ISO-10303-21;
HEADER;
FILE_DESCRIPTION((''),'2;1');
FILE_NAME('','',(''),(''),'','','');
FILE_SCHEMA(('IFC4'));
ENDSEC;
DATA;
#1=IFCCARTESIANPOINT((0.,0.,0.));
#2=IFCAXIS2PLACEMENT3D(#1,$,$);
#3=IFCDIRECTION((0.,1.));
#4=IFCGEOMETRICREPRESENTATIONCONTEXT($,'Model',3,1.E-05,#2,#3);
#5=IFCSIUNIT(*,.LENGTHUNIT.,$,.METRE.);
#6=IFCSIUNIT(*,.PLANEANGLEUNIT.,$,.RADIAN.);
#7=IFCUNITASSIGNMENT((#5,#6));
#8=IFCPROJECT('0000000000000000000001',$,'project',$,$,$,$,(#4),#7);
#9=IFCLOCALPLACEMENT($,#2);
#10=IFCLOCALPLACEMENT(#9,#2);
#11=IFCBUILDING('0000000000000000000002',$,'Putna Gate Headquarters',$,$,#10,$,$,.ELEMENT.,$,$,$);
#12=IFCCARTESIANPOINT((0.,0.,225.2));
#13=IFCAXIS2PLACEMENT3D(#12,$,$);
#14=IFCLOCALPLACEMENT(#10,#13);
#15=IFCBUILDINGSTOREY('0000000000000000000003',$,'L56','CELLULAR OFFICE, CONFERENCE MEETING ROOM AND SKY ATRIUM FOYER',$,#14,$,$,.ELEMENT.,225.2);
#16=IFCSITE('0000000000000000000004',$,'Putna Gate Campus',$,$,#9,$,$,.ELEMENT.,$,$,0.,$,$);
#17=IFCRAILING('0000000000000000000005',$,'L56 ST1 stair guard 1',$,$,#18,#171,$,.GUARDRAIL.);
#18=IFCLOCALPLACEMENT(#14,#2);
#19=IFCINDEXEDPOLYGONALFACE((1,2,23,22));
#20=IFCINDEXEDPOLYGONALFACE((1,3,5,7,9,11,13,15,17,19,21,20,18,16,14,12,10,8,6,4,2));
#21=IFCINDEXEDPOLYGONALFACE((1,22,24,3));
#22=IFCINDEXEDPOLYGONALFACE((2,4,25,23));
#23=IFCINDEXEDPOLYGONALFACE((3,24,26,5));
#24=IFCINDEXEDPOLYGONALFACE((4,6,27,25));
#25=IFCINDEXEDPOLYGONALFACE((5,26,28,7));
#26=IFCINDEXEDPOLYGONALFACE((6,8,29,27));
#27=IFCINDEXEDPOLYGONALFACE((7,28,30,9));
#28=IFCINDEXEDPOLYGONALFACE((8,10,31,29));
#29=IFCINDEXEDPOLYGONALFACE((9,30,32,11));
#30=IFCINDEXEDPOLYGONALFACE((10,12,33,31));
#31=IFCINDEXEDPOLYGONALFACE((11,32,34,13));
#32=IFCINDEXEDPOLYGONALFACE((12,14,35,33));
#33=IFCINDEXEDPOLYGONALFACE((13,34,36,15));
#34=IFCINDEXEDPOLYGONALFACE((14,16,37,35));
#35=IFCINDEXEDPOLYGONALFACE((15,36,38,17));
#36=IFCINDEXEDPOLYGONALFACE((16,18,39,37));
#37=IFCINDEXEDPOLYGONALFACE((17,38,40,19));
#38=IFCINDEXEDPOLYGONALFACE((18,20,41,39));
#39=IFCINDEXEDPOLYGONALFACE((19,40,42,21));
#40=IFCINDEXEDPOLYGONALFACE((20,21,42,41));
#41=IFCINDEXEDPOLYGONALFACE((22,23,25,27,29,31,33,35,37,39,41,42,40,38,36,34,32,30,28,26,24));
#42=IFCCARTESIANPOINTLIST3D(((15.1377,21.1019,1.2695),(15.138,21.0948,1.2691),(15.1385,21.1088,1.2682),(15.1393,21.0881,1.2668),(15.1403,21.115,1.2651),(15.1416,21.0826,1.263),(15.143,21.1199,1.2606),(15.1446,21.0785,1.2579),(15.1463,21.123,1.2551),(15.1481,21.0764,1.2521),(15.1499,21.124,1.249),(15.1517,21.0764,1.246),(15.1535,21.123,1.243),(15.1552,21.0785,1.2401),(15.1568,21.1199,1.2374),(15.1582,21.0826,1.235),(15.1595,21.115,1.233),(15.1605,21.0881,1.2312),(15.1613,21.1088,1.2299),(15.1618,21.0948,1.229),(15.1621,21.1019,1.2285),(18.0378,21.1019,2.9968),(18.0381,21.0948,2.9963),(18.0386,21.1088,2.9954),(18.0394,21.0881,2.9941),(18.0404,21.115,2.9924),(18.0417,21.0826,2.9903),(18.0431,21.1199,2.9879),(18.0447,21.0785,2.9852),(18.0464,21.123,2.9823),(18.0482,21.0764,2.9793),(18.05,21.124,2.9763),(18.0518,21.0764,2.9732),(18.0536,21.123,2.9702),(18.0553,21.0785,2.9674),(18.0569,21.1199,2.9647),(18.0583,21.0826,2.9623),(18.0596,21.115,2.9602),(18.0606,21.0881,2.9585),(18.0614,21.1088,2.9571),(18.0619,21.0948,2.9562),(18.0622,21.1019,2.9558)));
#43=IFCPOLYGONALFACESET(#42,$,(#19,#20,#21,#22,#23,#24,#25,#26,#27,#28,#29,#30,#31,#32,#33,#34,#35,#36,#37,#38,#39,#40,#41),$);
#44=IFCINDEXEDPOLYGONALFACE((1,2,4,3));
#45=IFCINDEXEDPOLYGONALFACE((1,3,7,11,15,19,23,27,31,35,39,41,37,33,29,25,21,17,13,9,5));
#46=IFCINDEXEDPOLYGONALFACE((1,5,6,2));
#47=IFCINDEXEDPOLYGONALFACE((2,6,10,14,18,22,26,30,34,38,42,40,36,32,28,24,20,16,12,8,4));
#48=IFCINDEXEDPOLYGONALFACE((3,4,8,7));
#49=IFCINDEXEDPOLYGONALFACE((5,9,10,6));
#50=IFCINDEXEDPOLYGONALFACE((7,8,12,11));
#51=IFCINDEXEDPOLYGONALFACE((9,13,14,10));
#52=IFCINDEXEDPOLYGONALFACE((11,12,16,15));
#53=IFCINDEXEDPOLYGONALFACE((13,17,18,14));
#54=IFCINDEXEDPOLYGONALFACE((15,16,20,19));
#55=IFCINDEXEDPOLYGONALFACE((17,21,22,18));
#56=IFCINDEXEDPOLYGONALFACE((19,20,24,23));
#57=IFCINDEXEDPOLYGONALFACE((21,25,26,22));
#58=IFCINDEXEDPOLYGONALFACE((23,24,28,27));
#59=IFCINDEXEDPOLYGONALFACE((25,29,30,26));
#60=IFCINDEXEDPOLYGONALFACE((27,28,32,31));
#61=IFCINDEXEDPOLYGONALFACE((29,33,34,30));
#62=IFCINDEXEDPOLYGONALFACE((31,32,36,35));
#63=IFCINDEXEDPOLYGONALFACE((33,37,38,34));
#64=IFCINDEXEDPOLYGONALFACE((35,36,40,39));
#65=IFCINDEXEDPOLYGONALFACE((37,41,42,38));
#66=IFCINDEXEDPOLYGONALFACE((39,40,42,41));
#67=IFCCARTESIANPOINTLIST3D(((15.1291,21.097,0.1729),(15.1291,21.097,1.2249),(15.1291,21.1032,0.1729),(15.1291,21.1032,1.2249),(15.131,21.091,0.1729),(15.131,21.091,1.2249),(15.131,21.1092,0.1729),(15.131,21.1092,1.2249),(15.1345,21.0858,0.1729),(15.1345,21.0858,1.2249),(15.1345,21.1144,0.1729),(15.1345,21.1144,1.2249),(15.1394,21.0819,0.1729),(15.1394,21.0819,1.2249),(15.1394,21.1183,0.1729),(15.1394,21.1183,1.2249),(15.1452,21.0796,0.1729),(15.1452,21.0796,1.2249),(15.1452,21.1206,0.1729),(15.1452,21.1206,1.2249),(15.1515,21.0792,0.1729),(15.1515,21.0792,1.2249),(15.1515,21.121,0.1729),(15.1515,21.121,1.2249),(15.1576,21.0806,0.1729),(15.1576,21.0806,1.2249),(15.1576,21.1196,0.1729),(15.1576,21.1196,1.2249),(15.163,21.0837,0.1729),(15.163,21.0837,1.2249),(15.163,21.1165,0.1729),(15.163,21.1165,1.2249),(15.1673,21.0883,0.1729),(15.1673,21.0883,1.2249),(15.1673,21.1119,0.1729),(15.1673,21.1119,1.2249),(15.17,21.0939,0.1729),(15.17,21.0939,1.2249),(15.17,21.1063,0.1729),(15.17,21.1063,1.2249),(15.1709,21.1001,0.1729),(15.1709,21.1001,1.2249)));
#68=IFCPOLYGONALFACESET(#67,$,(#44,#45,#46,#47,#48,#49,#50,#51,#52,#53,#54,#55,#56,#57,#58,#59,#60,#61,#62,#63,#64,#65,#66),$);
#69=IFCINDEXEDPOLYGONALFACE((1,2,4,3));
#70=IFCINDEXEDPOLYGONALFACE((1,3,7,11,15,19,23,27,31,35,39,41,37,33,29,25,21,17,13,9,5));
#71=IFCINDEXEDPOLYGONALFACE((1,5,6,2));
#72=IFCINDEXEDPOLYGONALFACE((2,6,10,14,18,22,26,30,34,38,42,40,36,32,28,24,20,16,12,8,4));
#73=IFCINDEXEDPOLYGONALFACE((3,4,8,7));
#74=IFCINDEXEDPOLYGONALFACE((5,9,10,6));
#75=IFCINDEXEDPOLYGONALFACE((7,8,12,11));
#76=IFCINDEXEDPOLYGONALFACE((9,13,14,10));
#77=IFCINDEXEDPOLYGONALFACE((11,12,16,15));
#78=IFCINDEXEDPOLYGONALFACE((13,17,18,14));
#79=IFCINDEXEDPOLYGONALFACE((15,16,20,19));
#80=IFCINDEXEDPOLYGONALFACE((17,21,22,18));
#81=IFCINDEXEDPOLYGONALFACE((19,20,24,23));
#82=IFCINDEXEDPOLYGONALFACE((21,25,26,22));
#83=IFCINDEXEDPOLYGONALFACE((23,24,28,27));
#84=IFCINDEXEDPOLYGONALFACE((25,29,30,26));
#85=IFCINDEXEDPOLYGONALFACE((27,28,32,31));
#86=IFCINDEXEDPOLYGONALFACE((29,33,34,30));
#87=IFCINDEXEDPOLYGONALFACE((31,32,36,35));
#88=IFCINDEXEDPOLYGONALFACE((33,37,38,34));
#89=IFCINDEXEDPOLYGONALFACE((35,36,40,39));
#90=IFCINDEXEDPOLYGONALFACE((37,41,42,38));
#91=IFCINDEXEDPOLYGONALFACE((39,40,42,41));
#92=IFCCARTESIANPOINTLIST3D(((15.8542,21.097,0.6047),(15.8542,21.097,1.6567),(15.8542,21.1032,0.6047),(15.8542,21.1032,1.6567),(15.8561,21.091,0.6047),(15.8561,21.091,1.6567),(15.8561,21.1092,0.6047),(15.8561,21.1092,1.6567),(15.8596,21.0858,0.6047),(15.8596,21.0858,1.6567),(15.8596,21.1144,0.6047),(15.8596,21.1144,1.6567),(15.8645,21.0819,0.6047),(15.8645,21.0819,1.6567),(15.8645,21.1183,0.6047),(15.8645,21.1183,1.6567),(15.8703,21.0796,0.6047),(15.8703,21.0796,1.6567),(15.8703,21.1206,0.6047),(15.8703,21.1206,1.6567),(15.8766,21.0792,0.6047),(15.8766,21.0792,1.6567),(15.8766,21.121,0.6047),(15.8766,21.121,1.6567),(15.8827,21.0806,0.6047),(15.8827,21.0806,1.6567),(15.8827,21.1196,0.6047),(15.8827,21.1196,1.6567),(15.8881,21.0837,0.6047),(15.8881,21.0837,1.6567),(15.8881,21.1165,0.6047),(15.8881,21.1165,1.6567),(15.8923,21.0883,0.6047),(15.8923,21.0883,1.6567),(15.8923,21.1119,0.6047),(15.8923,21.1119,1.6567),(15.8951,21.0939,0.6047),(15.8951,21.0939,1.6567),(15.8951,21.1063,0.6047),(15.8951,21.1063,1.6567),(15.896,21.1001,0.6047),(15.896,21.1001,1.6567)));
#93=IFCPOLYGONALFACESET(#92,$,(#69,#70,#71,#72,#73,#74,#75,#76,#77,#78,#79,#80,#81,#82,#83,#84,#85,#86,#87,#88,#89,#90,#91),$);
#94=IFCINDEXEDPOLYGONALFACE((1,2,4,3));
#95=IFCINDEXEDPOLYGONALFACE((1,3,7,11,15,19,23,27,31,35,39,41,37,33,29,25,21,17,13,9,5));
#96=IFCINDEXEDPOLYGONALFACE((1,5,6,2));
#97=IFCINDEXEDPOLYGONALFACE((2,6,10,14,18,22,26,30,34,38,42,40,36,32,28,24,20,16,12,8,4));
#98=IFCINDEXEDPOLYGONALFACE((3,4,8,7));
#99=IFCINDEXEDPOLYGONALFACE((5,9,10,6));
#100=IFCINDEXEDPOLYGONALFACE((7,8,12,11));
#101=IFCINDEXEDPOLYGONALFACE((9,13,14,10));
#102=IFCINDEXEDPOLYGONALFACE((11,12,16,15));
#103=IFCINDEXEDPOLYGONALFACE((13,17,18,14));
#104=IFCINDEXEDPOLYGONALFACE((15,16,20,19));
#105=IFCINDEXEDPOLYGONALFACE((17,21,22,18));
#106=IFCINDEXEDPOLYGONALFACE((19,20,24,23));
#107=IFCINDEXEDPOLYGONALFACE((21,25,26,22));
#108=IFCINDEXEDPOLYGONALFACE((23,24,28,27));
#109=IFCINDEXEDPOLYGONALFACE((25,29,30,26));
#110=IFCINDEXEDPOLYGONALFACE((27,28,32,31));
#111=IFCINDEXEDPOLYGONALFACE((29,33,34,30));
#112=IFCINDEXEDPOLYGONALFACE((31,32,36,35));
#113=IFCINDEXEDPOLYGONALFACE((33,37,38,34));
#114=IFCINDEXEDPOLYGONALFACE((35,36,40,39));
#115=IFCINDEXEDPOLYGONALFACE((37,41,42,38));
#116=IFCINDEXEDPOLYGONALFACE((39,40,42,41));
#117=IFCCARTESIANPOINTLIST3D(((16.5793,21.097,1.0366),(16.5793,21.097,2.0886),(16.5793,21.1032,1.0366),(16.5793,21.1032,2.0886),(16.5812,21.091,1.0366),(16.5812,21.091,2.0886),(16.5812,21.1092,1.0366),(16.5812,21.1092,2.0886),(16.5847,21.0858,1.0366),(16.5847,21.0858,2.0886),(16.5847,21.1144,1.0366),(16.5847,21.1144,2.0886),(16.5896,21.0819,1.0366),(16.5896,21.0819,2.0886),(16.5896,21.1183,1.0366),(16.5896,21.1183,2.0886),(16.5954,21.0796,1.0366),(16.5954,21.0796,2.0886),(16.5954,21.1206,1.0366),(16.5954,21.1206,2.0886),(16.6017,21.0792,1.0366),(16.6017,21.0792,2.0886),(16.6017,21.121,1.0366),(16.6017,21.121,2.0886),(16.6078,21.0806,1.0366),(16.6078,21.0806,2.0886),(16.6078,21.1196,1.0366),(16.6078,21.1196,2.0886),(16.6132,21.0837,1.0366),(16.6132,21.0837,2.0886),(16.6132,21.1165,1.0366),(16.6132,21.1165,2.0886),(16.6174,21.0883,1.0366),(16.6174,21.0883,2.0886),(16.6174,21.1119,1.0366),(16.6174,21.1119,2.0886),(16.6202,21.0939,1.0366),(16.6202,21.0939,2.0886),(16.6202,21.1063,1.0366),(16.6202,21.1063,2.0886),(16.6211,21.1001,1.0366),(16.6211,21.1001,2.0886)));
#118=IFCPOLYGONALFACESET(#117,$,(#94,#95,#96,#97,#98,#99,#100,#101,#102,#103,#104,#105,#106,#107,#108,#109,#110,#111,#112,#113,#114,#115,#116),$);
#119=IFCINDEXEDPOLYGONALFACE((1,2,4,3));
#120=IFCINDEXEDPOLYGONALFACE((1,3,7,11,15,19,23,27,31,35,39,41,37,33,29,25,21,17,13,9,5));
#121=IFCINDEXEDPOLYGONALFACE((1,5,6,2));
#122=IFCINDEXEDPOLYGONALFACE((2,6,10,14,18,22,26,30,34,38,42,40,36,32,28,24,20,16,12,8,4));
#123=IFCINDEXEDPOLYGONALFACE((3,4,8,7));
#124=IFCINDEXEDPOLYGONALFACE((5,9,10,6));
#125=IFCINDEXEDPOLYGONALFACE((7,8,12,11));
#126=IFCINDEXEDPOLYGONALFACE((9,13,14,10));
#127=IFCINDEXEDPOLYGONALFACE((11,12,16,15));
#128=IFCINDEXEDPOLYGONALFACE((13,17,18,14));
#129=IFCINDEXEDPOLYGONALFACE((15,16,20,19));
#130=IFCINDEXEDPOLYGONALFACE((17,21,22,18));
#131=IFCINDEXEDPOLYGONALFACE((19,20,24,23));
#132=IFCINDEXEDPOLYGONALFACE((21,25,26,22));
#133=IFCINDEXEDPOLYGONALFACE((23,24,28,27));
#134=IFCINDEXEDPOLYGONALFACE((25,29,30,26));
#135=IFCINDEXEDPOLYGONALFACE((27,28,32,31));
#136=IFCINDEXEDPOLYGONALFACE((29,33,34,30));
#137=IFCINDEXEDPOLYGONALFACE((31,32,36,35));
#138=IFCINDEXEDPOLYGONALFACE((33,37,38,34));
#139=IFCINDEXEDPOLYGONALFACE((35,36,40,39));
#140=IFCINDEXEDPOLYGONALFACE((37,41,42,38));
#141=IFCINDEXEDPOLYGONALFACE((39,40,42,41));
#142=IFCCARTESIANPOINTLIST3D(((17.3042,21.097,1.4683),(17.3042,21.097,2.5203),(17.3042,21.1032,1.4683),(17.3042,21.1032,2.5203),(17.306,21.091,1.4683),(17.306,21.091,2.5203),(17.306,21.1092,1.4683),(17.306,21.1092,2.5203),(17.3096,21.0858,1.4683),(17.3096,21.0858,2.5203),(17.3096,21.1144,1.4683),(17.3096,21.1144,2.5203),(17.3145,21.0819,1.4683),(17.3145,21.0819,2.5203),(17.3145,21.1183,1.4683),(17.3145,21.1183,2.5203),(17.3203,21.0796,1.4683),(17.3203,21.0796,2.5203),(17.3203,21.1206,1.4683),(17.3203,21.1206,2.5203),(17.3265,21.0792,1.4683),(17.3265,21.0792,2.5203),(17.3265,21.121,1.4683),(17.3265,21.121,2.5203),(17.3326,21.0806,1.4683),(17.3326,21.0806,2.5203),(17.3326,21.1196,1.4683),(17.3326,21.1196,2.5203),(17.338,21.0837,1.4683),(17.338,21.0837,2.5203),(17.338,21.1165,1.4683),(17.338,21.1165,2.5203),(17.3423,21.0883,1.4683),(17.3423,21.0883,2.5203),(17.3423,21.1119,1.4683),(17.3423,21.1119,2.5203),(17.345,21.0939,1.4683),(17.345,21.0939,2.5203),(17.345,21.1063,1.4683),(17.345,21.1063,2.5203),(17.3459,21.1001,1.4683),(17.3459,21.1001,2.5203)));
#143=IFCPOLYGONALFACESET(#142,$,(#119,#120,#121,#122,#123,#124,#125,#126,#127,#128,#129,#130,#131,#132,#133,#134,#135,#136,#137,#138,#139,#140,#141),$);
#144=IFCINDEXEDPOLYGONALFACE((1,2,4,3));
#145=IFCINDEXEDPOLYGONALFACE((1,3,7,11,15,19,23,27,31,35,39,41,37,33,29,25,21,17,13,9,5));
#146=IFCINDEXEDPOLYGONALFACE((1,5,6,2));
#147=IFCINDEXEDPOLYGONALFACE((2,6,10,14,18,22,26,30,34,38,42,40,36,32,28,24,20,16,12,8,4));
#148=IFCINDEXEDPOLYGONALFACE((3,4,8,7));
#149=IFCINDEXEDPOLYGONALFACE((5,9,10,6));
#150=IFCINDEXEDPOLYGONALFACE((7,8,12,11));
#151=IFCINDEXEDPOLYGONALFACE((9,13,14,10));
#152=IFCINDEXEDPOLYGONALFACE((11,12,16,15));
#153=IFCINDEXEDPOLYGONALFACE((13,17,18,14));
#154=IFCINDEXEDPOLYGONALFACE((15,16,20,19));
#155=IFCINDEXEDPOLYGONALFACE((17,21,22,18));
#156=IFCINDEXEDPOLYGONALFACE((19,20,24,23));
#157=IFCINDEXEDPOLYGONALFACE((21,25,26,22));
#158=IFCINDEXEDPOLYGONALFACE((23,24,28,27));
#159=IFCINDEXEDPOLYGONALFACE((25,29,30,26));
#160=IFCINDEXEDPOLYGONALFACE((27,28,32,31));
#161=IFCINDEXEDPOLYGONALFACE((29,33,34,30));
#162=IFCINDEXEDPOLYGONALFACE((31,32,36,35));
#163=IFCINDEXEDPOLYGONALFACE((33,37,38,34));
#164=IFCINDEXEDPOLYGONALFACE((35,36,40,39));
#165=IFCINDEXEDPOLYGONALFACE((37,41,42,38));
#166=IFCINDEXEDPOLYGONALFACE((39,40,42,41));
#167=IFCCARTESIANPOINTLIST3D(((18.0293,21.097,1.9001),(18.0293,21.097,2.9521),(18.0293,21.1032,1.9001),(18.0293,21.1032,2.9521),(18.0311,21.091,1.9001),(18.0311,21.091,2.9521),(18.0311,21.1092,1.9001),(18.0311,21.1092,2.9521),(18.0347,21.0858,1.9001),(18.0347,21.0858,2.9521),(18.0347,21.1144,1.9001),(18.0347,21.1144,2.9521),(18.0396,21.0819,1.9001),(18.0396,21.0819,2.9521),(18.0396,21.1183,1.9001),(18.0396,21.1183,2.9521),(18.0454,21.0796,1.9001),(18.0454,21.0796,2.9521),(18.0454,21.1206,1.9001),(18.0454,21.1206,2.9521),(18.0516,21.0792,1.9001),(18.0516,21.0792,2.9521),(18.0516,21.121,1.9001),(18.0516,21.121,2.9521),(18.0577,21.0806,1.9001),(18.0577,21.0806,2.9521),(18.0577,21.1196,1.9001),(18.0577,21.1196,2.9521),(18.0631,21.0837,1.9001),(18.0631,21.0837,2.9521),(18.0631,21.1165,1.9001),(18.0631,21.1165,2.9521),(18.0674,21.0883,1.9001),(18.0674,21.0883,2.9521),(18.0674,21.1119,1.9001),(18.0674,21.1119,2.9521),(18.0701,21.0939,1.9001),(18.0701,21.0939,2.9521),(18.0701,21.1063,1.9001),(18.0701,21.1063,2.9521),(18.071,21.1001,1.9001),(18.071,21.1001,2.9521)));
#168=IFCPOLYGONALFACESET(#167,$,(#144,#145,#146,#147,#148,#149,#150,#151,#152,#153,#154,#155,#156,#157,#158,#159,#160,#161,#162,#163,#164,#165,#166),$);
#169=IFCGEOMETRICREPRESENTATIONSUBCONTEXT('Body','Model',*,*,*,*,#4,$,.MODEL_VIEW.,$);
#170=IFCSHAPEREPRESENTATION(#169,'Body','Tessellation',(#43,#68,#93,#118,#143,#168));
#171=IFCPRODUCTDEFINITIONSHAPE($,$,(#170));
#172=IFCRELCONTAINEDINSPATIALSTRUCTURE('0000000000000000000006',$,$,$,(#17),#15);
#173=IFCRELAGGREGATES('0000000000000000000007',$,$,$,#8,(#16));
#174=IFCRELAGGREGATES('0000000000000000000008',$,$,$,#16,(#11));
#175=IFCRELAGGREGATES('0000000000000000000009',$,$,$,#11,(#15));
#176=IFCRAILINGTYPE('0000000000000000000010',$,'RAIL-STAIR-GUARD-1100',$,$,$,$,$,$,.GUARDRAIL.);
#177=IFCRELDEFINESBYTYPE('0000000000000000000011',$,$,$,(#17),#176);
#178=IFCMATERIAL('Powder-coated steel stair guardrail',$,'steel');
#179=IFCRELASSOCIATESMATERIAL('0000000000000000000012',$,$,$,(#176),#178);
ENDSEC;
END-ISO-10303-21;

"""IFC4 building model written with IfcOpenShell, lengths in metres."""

from ifc_helpers import new_model, si_unit, direction, frame, origin, origin_2d, place, context, subcontext, project, spatial, circle, extrude, material, type_object, element, save


model = new_model("IFC4")

# Units and contexts
model_context = context("Model", 3, precision=1e-05, world=origin(), true_north=direction((0.0, 1.0)))
body_context = subcontext(model_context, "Body", "Model", "MODEL_VIEW")
ifc_project = project(units=[si_unit("LENGTHUNIT", "METRE"), si_unit("PLANEANGLEUNIT", "RADIAN")], contexts=[model_context])

# Site, building, storey
site_placement = place(None, origin())
site = spatial("IfcSite", under=ifc_project, at=site_placement, Name="Putna Gate Campus", CompositionType="ELEMENT", RefElevation=0.0)
building_placement = place(site_placement, origin())
building = spatial("IfcBuilding", under=site, at=building_placement, Name="Putna Gate Headquarters", CompositionType="ELEMENT")
storey_placement = place(building_placement, frame((0.0, 0.0, 225.2)))
storey = spatial("IfcBuildingStorey", under=building, at=storey_placement, Name="L56", Description="CELLULAR OFFICE, CONFERENCE MEETING ROOM AND SKY ATRIUM FOYER", CompositionType="ELEMENT", Elevation=225.2)

# Railing
ifc_material_1 = material(Name="Powder-coated steel stair guardrail", Category="steel")
railing_type_1 = type_object("IfcRailingType", Name="RAIL-STAIR-GUARD-1100", PredefinedType="GUARDRAIL", material=ifc_material_1)
railing_1_placement = place(storey_placement, frame((15.1499, 21.1001, 0.1729)))
element("IfcRailing", 1, at=railing_1_placement, inside=storey, type_object=railing_type_1, Name="L56 ST1 stair guard 1", PredefinedType="GUARDRAIL", context=body_context, shape_type="SweptSolid", body=[
    extrude(circle(Radius=0.0239, at=origin_2d()), frame((0.0, 0.0, 1.0762), z_axis=(0.85916, 0.0, 0.511706), x_axis=(0.0, 1.0, 0.0)), (0.0, 0.0, 1.0), 3.3755),
    extrude(circle(Radius=0.021, at=origin_2d()), origin(), (0.0, 0.0, 1.0), 1.052),
    extrude(circle(Radius=0.021, at=origin_2d()), frame((0.7251, 0.0, 0.4319)), (0.0, 0.0, 1.0), 1.052),
    extrude(circle(Radius=0.021, at=origin_2d()), frame((1.4502, 0.0, 0.8638)), (0.0, 0.0, 1.0), 1.052),
    extrude(circle(Radius=0.021, at=origin_2d()), frame((2.175, 0.0, 1.2954)), (0.0, 0.0, 1.0), 1.052),
    extrude(circle(Radius=0.021, at=origin_2d()), frame((2.9001, 0.0, 1.7273)), (0.0, 0.0, 1.0), 1.052),
])

save(model, "model.ifc")
